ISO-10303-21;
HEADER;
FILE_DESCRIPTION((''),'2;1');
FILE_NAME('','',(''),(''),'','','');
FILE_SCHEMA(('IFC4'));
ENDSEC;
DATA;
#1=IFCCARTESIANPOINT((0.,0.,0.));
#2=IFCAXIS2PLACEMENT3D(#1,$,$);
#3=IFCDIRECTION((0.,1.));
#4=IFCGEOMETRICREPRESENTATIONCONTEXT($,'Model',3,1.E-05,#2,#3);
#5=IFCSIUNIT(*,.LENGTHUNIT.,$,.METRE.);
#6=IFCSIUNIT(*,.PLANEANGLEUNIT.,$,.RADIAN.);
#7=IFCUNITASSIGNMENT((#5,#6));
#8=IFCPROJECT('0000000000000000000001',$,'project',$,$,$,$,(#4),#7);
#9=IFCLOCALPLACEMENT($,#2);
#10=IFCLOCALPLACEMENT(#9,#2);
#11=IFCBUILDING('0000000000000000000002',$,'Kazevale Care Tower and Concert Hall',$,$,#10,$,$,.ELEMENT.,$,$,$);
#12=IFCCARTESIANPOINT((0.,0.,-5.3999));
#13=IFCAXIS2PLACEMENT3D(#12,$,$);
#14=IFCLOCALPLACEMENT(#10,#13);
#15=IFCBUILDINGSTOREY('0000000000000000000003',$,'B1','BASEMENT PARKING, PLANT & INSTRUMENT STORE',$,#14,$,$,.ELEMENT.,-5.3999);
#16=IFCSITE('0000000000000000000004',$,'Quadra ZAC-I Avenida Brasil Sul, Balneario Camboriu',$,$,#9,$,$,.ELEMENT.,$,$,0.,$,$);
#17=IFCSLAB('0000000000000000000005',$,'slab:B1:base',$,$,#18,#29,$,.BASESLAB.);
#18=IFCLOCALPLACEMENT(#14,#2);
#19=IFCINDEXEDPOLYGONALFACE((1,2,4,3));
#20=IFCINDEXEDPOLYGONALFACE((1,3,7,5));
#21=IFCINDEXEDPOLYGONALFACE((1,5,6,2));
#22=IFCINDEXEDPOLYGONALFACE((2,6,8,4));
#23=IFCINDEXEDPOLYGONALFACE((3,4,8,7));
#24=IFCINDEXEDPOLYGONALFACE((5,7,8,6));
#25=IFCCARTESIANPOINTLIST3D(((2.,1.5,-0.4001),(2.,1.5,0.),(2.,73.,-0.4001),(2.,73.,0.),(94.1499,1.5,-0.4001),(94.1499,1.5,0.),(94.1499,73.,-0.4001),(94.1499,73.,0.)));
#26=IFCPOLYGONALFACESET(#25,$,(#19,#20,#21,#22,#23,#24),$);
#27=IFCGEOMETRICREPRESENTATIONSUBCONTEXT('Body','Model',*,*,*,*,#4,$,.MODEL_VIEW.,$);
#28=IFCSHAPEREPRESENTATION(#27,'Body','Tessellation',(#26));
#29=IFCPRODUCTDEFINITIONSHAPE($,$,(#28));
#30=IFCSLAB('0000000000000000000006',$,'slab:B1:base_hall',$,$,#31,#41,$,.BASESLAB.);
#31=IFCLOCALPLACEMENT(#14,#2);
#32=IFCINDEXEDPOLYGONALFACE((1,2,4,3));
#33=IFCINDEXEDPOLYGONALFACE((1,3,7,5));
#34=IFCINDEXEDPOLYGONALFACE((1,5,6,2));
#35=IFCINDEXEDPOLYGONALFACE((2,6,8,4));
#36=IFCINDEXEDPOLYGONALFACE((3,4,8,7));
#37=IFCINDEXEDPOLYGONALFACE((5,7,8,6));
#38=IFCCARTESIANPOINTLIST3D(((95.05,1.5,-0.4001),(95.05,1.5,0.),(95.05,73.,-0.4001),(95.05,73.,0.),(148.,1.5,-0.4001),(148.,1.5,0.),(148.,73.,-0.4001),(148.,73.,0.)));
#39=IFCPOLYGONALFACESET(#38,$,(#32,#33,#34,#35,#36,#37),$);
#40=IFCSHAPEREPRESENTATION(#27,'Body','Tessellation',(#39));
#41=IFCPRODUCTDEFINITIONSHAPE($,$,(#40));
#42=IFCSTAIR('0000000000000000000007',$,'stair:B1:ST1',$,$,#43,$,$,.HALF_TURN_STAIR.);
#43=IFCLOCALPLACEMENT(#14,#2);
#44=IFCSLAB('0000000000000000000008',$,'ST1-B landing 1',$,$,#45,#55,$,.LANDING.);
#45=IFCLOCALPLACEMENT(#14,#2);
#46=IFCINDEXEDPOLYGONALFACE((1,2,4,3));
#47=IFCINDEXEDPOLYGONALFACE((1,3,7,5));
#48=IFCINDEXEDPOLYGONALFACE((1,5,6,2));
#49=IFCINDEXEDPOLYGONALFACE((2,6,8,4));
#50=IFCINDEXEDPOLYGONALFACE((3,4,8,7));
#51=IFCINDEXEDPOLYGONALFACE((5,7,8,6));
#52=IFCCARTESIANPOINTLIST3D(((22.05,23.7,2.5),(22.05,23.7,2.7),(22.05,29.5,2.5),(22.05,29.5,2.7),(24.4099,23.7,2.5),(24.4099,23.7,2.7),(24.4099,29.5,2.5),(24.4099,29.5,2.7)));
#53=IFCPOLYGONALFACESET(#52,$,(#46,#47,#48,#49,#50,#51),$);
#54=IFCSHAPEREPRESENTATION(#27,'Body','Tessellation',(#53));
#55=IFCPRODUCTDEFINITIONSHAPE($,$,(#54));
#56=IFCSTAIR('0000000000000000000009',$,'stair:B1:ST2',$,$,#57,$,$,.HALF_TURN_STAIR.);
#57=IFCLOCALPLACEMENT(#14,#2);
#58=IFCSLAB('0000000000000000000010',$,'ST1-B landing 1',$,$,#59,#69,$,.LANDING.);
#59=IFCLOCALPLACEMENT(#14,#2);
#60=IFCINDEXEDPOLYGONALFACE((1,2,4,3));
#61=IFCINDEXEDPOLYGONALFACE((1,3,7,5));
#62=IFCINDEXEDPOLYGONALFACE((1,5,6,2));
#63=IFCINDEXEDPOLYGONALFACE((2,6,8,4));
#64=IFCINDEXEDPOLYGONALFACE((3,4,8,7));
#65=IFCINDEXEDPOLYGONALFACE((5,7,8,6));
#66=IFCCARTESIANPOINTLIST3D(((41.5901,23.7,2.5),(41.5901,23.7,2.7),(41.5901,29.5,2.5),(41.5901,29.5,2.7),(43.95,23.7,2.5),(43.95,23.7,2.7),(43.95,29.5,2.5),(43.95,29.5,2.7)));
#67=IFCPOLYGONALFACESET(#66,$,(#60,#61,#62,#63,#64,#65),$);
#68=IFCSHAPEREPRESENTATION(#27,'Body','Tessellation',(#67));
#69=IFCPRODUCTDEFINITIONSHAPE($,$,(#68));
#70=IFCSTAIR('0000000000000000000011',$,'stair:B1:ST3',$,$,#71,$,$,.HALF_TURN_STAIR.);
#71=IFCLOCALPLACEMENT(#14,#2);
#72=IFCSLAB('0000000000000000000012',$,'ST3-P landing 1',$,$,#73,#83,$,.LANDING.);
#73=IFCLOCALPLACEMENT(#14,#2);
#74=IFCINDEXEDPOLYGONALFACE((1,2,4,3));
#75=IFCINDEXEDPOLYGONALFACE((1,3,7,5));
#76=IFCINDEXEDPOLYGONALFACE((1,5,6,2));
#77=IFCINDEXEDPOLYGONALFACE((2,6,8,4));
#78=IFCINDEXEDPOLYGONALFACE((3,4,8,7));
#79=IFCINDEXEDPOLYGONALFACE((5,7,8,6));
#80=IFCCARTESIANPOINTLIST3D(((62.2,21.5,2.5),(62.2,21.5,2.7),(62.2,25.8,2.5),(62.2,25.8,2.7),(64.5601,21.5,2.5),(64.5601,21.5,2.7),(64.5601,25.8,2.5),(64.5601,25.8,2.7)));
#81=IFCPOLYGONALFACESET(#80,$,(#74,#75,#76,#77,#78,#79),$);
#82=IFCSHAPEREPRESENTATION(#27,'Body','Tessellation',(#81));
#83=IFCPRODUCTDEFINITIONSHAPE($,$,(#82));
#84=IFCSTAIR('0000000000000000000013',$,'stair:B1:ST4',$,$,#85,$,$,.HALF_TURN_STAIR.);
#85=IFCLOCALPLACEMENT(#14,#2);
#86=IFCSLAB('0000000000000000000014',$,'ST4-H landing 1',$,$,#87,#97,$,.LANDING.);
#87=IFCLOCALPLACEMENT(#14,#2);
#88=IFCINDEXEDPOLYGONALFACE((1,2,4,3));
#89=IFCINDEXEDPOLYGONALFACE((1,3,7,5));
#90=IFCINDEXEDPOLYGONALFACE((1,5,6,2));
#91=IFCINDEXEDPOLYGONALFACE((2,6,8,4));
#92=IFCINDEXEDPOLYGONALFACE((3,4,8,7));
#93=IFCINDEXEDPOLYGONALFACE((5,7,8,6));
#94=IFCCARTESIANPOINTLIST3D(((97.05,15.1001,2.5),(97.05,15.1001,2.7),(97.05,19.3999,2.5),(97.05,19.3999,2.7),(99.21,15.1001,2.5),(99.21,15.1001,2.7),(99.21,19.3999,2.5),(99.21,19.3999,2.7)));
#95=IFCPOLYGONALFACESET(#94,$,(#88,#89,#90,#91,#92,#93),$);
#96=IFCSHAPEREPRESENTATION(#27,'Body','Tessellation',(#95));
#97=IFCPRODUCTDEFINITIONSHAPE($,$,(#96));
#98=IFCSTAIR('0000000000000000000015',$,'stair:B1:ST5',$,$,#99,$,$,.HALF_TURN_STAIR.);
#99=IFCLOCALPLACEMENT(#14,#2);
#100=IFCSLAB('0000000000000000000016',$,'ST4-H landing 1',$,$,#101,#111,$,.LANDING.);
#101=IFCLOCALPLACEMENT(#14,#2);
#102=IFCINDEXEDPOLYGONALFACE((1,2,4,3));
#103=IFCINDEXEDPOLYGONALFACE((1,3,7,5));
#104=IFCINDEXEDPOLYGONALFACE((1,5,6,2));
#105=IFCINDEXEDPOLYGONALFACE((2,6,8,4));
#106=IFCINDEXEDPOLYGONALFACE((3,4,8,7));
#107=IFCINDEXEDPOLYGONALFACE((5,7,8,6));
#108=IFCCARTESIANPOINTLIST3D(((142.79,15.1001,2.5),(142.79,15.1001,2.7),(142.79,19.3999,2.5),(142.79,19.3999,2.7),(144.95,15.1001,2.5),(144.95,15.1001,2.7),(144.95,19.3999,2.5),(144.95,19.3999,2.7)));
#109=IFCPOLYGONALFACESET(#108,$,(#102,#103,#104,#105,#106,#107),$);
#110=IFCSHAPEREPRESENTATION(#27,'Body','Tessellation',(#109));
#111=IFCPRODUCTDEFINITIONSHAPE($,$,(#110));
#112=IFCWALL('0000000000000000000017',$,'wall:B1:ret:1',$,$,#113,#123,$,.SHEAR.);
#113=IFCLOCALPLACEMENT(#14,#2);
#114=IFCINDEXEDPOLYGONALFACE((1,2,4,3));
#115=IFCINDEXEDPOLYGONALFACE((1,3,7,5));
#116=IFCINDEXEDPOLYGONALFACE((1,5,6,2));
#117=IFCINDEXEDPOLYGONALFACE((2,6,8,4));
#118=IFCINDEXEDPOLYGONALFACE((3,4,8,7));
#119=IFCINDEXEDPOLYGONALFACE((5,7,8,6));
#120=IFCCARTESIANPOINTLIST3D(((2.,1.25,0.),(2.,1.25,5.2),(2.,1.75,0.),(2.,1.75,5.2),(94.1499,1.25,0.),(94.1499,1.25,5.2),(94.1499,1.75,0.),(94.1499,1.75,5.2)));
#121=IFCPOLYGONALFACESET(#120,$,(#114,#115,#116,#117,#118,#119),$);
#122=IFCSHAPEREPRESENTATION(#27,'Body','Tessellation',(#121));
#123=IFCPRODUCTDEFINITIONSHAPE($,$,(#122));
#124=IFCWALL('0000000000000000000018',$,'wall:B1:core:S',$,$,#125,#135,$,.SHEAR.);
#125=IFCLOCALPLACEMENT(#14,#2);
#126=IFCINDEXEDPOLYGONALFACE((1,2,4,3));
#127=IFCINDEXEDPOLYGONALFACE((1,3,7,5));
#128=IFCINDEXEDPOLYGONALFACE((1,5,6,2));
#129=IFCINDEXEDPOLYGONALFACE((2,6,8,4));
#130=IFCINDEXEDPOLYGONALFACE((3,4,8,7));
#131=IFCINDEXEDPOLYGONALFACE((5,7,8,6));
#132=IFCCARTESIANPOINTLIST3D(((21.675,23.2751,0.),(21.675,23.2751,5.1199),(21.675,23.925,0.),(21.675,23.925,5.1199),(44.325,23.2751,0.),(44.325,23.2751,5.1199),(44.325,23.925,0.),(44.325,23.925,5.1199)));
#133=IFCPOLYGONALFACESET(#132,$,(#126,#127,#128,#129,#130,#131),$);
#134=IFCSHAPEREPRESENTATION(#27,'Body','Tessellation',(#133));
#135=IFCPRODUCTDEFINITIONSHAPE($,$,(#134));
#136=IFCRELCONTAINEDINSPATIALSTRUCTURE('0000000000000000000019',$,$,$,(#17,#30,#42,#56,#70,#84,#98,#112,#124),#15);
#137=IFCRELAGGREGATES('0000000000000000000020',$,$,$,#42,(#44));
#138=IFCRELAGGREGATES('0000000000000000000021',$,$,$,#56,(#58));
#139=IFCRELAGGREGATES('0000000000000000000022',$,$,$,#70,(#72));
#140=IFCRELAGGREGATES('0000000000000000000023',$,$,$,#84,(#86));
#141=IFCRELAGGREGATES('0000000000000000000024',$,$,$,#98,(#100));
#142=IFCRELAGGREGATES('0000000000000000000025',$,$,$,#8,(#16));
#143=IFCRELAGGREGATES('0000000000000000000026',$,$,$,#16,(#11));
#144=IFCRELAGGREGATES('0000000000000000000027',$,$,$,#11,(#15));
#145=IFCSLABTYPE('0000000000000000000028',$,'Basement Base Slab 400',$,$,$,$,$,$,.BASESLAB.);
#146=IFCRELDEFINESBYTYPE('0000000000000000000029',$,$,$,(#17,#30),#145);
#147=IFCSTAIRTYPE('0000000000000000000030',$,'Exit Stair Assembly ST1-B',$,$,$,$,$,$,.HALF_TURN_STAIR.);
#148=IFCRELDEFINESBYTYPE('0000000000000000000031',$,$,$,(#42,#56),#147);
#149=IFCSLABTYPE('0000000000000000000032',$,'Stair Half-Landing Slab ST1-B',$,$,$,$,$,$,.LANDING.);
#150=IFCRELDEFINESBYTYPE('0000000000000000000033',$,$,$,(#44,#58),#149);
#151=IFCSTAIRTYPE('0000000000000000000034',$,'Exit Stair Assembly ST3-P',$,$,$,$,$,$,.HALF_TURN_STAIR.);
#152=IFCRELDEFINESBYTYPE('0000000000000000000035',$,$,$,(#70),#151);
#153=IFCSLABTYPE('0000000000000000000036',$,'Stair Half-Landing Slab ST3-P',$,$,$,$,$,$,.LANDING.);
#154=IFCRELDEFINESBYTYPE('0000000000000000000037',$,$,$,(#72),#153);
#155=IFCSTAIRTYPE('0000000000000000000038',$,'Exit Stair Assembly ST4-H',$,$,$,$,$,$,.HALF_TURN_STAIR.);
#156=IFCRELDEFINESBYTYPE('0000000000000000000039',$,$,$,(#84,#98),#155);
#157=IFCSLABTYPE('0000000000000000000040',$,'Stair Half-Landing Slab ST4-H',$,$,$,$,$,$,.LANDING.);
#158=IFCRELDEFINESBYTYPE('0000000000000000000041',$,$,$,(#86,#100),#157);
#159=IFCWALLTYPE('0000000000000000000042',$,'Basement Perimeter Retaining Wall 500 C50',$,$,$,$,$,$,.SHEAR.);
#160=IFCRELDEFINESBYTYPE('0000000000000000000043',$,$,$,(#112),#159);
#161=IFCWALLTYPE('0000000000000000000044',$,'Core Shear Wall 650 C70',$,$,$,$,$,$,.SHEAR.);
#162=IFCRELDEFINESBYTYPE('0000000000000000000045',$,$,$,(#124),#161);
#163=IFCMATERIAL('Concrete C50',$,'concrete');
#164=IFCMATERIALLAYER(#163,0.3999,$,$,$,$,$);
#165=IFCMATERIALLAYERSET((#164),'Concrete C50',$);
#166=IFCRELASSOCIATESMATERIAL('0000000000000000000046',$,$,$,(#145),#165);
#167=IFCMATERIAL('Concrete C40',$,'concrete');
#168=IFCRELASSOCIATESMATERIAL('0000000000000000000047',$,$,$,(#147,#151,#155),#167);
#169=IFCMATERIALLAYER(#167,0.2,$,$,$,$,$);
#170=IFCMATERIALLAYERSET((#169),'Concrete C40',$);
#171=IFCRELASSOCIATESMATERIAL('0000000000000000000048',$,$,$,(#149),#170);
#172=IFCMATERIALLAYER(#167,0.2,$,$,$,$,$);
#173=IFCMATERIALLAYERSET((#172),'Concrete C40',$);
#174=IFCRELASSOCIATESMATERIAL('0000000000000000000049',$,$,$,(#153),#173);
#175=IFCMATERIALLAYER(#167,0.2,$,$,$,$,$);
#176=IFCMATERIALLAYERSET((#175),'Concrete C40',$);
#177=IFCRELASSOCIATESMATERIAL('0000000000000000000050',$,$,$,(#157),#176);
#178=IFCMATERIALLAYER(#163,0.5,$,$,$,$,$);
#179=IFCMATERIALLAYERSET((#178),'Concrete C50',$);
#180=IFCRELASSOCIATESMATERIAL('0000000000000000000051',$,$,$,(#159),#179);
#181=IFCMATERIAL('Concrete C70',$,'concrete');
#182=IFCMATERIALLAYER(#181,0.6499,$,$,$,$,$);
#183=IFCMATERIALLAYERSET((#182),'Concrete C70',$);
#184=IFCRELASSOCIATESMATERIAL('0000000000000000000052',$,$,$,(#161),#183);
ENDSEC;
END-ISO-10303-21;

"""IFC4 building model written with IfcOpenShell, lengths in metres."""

from ifc_helpers import new_model, si_unit, direction, frame, frame_2d, origin, place, context, subcontext, project, spatial, polyline, rectangle, outline, extrude, material, layer, layer_set, type_object, element, aggregate, save


model = new_model("IFC4")

# Units and contexts
model_context = context("Model", 3, precision=1e-05, world=origin(), true_north=direction((0.0, 1.0)))
body_context = subcontext(model_context, "Body", "Model", "MODEL_VIEW")
ifc_project = project(units=[si_unit("LENGTHUNIT", "METRE"), si_unit("PLANEANGLEUNIT", "RADIAN")], contexts=[model_context])

# Site, building, storey
site_placement = place(None, origin())
site = spatial("IfcSite", under=ifc_project, at=site_placement, Name="Quadra ZAC-I Avenida Brasil Sul, Balneario Camboriu", CompositionType="ELEMENT", RefElevation=0.0)
building_placement = place(site_placement, origin())
building = spatial("IfcBuilding", under=site, at=building_placement, Name="Kazevale Care Tower and Concert Hall", CompositionType="ELEMENT")
storey_placement = place(building_placement, frame((0.0, 0.0, -5.3999)))
storey = spatial("IfcBuildingStorey", under=building, at=storey_placement, Name="B1", Description="BASEMENT PARKING, PLANT & INSTRUMENT STORE", CompositionType="ELEMENT", Elevation=-5.3999)

# Shared definitions
ifc_material_1 = material(Name="Concrete C50", Category="concrete")

# Slabs
ifc_layer_1 = layer(ifc_material_1, 0.3999)
ifc_layer_set_1 = layer_set([ifc_layer_1], Name="Concrete C50")
slab_type_1 = type_object("IfcSlabType", Name="Basement Base Slab 400", PredefinedType="BASESLAB", material=ifc_layer_set_1)
slab_1_placement = place(storey_placement, frame((0.0, 0.0, -0.4001)))
element("IfcSlab", 1, at=slab_1_placement, inside=storey, type_object=slab_type_1, Name="slab:B1:base", PredefinedType="BASESLAB", context=body_context, shape_type="SweptSolid", body=[
    extrude(outline(polyline([(2.0, 1.5), (94.1499, 1.5), (94.1499, 73.0), (2.0, 73.0), (2.0, 1.5)])), origin(), (0.0, 0.0, 1.0), 0.4001),
])
slab_2_placement = place(storey_placement, frame((0.0, 0.0, -0.4001)))
element("IfcSlab", 2, at=slab_2_placement, inside=storey, type_object=slab_type_1, Name="slab:B1:base_hall", PredefinedType="BASESLAB", context=body_context, shape_type="SweptSolid", body=[
    extrude(outline(polyline([(95.05, 1.5), (148.0, 1.5), (148.0, 73.0), (95.05, 73.0), (95.05, 1.5)])), origin(), (0.0, 0.0, 1.0), 0.4001),
])

# Stairs, slabs
ifc_material_2 = material(Name="Concrete C40", Category="concrete")
stair_type_1 = type_object("IfcStairType", Name="Exit Stair Assembly ST1-B", PredefinedType="HALF_TURN_STAIR", material=ifc_material_2)
stair_1_placement = place(storey_placement, origin())
stair_1 = element("IfcStair", 3, at=stair_1_placement, inside=storey, type_object=stair_type_1, Name="stair:B1:ST1", PredefinedType="HALF_TURN_STAIR")
ifc_layer_2 = layer(ifc_material_2, 0.2)
ifc_layer_set_2 = layer_set([ifc_layer_2], Name="Concrete C40")
slab_type_2 = type_object("IfcSlabType", Name="Stair Half-Landing Slab ST1-B", PredefinedType="LANDING", material=ifc_layer_set_2)
slab_3_placement = place(storey_placement, frame((0.0, 0.0, 2.5)))
slab_3 = element("IfcSlab", 4, at=slab_3_placement, type_object=slab_type_2, Name="ST1-B landing 1", PredefinedType="LANDING", context=body_context, shape_type="SweptSolid", body=[
    extrude(outline(polyline([(22.05, 23.7), (24.4099, 23.7), (24.4099, 29.5), (22.05, 29.5), (22.05, 23.7)])), origin(), (0.0, 0.0, 1.0), 0.2),
])
aggregate(stair_1, [slab_3])
stair_2_placement = place(storey_placement, origin())
stair_2 = element("IfcStair", 5, at=stair_2_placement, inside=storey, type_object=stair_type_1, Name="stair:B1:ST2", PredefinedType="HALF_TURN_STAIR")
slab_4_placement = place(storey_placement, frame((0.0, 0.0, 2.5)))
slab_4 = element("IfcSlab", 6, at=slab_4_placement, type_object=slab_type_2, Name="ST1-B landing 1", PredefinedType="LANDING", context=body_context, shape_type="SweptSolid", body=[
    extrude(outline(polyline([(41.5901, 23.7), (43.95, 23.7), (43.95, 29.5), (41.5901, 29.5), (41.5901, 23.7)])), origin(), (0.0, 0.0, 1.0), 0.2),
])
aggregate(stair_2, [slab_4])
stair_type_2 = type_object("IfcStairType", Name="Exit Stair Assembly ST3-P", PredefinedType="HALF_TURN_STAIR", material=ifc_material_2)
stair_3_placement = place(storey_placement, origin())
stair_3 = element("IfcStair", 7, at=stair_3_placement, inside=storey, type_object=stair_type_2, Name="stair:B1:ST3", PredefinedType="HALF_TURN_STAIR")
ifc_layer_3 = layer(ifc_material_2, 0.2)
ifc_layer_set_3 = layer_set([ifc_layer_3], Name="Concrete C40")
slab_type_3 = type_object("IfcSlabType", Name="Stair Half-Landing Slab ST3-P", PredefinedType="LANDING", material=ifc_layer_set_3)
slab_5_placement = place(storey_placement, frame((0.0, 0.0, 2.5)))
slab_5 = element("IfcSlab", 8, at=slab_5_placement, type_object=slab_type_3, Name="ST3-P landing 1", PredefinedType="LANDING", context=body_context, shape_type="SweptSolid", body=[
    extrude(outline(polyline([(62.2, 21.5), (64.5601, 21.5), (64.5601, 25.8), (62.2, 25.8), (62.2, 21.5)])), origin(), (0.0, 0.0, 1.0), 0.2),
])
aggregate(stair_3, [slab_5])
stair_type_3 = type_object("IfcStairType", Name="Exit Stair Assembly ST4-H", PredefinedType="HALF_TURN_STAIR", material=ifc_material_2)
stair_4_placement = place(storey_placement, origin())
stair_4 = element("IfcStair", 9, at=stair_4_placement, inside=storey, type_object=stair_type_3, Name="stair:B1:ST4", PredefinedType="HALF_TURN_STAIR")
ifc_layer_4 = layer(ifc_material_2, 0.2)
ifc_layer_set_4 = layer_set([ifc_layer_4], Name="Concrete C40")
slab_type_4 = type_object("IfcSlabType", Name="Stair Half-Landing Slab ST4-H", PredefinedType="LANDING", material=ifc_layer_set_4)
slab_6_placement = place(storey_placement, frame((0.0, 0.0, 2.5)))
slab_6 = element("IfcSlab", 10, at=slab_6_placement, type_object=slab_type_4, Name="ST4-H landing 1", PredefinedType="LANDING", context=body_context, shape_type="SweptSolid", body=[
    extrude(outline(polyline([(97.05, 15.1001), (99.21, 15.1001), (99.21, 19.3999), (97.05, 19.3999), (97.05, 15.1001)])), origin(), (0.0, 0.0, 1.0), 0.2),
])
aggregate(stair_4, [slab_6])
stair_5_placement = place(storey_placement, origin())
stair_5 = element("IfcStair", 11, at=stair_5_placement, inside=storey, type_object=stair_type_3, Name="stair:B1:ST5", PredefinedType="HALF_TURN_STAIR")
slab_7_placement = place(storey_placement, frame((0.0, 0.0, 2.5)))
slab_7 = element("IfcSlab", 12, at=slab_7_placement, type_object=slab_type_4, Name="ST4-H landing 1", PredefinedType="LANDING", context=body_context, shape_type="SweptSolid", body=[
    extrude(outline(polyline([(142.79, 15.1001), (144.95, 15.1001), (144.95, 19.3999), (142.79, 19.3999), (142.79, 15.1001)])), origin(), (0.0, 0.0, 1.0), 0.2),
])
aggregate(stair_5, [slab_7])

# Walls
ifc_layer_5 = layer(ifc_material_1, 0.5)
ifc_layer_set_5 = layer_set([ifc_layer_5], Name="Concrete C50")
wall_type_1 = type_object("IfcWallType", Name="Basement Perimeter Retaining Wall 500 C50", PredefinedType="SHEAR", material=ifc_layer_set_5)
wall_1_placement = place(storey_placement, frame((2.0, 1.5, 0.0), z_axis=(0.0, 0.0, 1.0), x_axis=(1.0, 0.0, 0.0)))
element("IfcWall", 13, at=wall_1_placement, inside=storey, type_object=wall_type_1, Name="wall:B1:ret:1", PredefinedType="SHEAR", context=body_context, shape_type="SweptSolid", body=[
    extrude(rectangle(XDim=92.1499, YDim=0.5, at=frame_2d((46.075, 0.0))), origin(), (0.0, 0.0, 1.0), 5.2),
])
ifc_material_3 = material(Name="Concrete C70", Category="concrete")
ifc_layer_6 = layer(ifc_material_3, 0.6499)
ifc_layer_set_6 = layer_set([ifc_layer_6], Name="Concrete C70")
wall_type_2 = type_object("IfcWallType", Name="Core Shear Wall 650 C70", PredefinedType="SHEAR", material=ifc_layer_set_6)
wall_2_placement = place(storey_placement, frame((21.675, 23.6001, 0.0), z_axis=(0.0, 0.0, 1.0), x_axis=(1.0, 0.0, 0.0)))
element("IfcWall", 14, at=wall_2_placement, inside=storey, type_object=wall_type_2, Name="wall:B1:core:S", PredefinedType="SHEAR", context=body_context, shape_type="SweptSolid", body=[
    extrude(rectangle(XDim=22.6499, YDim=0.6499, at=frame_2d((11.325, 0.0))), origin(), (0.0, 0.0, 1.0), 5.1199),
])

save(model, "model.ifc")
